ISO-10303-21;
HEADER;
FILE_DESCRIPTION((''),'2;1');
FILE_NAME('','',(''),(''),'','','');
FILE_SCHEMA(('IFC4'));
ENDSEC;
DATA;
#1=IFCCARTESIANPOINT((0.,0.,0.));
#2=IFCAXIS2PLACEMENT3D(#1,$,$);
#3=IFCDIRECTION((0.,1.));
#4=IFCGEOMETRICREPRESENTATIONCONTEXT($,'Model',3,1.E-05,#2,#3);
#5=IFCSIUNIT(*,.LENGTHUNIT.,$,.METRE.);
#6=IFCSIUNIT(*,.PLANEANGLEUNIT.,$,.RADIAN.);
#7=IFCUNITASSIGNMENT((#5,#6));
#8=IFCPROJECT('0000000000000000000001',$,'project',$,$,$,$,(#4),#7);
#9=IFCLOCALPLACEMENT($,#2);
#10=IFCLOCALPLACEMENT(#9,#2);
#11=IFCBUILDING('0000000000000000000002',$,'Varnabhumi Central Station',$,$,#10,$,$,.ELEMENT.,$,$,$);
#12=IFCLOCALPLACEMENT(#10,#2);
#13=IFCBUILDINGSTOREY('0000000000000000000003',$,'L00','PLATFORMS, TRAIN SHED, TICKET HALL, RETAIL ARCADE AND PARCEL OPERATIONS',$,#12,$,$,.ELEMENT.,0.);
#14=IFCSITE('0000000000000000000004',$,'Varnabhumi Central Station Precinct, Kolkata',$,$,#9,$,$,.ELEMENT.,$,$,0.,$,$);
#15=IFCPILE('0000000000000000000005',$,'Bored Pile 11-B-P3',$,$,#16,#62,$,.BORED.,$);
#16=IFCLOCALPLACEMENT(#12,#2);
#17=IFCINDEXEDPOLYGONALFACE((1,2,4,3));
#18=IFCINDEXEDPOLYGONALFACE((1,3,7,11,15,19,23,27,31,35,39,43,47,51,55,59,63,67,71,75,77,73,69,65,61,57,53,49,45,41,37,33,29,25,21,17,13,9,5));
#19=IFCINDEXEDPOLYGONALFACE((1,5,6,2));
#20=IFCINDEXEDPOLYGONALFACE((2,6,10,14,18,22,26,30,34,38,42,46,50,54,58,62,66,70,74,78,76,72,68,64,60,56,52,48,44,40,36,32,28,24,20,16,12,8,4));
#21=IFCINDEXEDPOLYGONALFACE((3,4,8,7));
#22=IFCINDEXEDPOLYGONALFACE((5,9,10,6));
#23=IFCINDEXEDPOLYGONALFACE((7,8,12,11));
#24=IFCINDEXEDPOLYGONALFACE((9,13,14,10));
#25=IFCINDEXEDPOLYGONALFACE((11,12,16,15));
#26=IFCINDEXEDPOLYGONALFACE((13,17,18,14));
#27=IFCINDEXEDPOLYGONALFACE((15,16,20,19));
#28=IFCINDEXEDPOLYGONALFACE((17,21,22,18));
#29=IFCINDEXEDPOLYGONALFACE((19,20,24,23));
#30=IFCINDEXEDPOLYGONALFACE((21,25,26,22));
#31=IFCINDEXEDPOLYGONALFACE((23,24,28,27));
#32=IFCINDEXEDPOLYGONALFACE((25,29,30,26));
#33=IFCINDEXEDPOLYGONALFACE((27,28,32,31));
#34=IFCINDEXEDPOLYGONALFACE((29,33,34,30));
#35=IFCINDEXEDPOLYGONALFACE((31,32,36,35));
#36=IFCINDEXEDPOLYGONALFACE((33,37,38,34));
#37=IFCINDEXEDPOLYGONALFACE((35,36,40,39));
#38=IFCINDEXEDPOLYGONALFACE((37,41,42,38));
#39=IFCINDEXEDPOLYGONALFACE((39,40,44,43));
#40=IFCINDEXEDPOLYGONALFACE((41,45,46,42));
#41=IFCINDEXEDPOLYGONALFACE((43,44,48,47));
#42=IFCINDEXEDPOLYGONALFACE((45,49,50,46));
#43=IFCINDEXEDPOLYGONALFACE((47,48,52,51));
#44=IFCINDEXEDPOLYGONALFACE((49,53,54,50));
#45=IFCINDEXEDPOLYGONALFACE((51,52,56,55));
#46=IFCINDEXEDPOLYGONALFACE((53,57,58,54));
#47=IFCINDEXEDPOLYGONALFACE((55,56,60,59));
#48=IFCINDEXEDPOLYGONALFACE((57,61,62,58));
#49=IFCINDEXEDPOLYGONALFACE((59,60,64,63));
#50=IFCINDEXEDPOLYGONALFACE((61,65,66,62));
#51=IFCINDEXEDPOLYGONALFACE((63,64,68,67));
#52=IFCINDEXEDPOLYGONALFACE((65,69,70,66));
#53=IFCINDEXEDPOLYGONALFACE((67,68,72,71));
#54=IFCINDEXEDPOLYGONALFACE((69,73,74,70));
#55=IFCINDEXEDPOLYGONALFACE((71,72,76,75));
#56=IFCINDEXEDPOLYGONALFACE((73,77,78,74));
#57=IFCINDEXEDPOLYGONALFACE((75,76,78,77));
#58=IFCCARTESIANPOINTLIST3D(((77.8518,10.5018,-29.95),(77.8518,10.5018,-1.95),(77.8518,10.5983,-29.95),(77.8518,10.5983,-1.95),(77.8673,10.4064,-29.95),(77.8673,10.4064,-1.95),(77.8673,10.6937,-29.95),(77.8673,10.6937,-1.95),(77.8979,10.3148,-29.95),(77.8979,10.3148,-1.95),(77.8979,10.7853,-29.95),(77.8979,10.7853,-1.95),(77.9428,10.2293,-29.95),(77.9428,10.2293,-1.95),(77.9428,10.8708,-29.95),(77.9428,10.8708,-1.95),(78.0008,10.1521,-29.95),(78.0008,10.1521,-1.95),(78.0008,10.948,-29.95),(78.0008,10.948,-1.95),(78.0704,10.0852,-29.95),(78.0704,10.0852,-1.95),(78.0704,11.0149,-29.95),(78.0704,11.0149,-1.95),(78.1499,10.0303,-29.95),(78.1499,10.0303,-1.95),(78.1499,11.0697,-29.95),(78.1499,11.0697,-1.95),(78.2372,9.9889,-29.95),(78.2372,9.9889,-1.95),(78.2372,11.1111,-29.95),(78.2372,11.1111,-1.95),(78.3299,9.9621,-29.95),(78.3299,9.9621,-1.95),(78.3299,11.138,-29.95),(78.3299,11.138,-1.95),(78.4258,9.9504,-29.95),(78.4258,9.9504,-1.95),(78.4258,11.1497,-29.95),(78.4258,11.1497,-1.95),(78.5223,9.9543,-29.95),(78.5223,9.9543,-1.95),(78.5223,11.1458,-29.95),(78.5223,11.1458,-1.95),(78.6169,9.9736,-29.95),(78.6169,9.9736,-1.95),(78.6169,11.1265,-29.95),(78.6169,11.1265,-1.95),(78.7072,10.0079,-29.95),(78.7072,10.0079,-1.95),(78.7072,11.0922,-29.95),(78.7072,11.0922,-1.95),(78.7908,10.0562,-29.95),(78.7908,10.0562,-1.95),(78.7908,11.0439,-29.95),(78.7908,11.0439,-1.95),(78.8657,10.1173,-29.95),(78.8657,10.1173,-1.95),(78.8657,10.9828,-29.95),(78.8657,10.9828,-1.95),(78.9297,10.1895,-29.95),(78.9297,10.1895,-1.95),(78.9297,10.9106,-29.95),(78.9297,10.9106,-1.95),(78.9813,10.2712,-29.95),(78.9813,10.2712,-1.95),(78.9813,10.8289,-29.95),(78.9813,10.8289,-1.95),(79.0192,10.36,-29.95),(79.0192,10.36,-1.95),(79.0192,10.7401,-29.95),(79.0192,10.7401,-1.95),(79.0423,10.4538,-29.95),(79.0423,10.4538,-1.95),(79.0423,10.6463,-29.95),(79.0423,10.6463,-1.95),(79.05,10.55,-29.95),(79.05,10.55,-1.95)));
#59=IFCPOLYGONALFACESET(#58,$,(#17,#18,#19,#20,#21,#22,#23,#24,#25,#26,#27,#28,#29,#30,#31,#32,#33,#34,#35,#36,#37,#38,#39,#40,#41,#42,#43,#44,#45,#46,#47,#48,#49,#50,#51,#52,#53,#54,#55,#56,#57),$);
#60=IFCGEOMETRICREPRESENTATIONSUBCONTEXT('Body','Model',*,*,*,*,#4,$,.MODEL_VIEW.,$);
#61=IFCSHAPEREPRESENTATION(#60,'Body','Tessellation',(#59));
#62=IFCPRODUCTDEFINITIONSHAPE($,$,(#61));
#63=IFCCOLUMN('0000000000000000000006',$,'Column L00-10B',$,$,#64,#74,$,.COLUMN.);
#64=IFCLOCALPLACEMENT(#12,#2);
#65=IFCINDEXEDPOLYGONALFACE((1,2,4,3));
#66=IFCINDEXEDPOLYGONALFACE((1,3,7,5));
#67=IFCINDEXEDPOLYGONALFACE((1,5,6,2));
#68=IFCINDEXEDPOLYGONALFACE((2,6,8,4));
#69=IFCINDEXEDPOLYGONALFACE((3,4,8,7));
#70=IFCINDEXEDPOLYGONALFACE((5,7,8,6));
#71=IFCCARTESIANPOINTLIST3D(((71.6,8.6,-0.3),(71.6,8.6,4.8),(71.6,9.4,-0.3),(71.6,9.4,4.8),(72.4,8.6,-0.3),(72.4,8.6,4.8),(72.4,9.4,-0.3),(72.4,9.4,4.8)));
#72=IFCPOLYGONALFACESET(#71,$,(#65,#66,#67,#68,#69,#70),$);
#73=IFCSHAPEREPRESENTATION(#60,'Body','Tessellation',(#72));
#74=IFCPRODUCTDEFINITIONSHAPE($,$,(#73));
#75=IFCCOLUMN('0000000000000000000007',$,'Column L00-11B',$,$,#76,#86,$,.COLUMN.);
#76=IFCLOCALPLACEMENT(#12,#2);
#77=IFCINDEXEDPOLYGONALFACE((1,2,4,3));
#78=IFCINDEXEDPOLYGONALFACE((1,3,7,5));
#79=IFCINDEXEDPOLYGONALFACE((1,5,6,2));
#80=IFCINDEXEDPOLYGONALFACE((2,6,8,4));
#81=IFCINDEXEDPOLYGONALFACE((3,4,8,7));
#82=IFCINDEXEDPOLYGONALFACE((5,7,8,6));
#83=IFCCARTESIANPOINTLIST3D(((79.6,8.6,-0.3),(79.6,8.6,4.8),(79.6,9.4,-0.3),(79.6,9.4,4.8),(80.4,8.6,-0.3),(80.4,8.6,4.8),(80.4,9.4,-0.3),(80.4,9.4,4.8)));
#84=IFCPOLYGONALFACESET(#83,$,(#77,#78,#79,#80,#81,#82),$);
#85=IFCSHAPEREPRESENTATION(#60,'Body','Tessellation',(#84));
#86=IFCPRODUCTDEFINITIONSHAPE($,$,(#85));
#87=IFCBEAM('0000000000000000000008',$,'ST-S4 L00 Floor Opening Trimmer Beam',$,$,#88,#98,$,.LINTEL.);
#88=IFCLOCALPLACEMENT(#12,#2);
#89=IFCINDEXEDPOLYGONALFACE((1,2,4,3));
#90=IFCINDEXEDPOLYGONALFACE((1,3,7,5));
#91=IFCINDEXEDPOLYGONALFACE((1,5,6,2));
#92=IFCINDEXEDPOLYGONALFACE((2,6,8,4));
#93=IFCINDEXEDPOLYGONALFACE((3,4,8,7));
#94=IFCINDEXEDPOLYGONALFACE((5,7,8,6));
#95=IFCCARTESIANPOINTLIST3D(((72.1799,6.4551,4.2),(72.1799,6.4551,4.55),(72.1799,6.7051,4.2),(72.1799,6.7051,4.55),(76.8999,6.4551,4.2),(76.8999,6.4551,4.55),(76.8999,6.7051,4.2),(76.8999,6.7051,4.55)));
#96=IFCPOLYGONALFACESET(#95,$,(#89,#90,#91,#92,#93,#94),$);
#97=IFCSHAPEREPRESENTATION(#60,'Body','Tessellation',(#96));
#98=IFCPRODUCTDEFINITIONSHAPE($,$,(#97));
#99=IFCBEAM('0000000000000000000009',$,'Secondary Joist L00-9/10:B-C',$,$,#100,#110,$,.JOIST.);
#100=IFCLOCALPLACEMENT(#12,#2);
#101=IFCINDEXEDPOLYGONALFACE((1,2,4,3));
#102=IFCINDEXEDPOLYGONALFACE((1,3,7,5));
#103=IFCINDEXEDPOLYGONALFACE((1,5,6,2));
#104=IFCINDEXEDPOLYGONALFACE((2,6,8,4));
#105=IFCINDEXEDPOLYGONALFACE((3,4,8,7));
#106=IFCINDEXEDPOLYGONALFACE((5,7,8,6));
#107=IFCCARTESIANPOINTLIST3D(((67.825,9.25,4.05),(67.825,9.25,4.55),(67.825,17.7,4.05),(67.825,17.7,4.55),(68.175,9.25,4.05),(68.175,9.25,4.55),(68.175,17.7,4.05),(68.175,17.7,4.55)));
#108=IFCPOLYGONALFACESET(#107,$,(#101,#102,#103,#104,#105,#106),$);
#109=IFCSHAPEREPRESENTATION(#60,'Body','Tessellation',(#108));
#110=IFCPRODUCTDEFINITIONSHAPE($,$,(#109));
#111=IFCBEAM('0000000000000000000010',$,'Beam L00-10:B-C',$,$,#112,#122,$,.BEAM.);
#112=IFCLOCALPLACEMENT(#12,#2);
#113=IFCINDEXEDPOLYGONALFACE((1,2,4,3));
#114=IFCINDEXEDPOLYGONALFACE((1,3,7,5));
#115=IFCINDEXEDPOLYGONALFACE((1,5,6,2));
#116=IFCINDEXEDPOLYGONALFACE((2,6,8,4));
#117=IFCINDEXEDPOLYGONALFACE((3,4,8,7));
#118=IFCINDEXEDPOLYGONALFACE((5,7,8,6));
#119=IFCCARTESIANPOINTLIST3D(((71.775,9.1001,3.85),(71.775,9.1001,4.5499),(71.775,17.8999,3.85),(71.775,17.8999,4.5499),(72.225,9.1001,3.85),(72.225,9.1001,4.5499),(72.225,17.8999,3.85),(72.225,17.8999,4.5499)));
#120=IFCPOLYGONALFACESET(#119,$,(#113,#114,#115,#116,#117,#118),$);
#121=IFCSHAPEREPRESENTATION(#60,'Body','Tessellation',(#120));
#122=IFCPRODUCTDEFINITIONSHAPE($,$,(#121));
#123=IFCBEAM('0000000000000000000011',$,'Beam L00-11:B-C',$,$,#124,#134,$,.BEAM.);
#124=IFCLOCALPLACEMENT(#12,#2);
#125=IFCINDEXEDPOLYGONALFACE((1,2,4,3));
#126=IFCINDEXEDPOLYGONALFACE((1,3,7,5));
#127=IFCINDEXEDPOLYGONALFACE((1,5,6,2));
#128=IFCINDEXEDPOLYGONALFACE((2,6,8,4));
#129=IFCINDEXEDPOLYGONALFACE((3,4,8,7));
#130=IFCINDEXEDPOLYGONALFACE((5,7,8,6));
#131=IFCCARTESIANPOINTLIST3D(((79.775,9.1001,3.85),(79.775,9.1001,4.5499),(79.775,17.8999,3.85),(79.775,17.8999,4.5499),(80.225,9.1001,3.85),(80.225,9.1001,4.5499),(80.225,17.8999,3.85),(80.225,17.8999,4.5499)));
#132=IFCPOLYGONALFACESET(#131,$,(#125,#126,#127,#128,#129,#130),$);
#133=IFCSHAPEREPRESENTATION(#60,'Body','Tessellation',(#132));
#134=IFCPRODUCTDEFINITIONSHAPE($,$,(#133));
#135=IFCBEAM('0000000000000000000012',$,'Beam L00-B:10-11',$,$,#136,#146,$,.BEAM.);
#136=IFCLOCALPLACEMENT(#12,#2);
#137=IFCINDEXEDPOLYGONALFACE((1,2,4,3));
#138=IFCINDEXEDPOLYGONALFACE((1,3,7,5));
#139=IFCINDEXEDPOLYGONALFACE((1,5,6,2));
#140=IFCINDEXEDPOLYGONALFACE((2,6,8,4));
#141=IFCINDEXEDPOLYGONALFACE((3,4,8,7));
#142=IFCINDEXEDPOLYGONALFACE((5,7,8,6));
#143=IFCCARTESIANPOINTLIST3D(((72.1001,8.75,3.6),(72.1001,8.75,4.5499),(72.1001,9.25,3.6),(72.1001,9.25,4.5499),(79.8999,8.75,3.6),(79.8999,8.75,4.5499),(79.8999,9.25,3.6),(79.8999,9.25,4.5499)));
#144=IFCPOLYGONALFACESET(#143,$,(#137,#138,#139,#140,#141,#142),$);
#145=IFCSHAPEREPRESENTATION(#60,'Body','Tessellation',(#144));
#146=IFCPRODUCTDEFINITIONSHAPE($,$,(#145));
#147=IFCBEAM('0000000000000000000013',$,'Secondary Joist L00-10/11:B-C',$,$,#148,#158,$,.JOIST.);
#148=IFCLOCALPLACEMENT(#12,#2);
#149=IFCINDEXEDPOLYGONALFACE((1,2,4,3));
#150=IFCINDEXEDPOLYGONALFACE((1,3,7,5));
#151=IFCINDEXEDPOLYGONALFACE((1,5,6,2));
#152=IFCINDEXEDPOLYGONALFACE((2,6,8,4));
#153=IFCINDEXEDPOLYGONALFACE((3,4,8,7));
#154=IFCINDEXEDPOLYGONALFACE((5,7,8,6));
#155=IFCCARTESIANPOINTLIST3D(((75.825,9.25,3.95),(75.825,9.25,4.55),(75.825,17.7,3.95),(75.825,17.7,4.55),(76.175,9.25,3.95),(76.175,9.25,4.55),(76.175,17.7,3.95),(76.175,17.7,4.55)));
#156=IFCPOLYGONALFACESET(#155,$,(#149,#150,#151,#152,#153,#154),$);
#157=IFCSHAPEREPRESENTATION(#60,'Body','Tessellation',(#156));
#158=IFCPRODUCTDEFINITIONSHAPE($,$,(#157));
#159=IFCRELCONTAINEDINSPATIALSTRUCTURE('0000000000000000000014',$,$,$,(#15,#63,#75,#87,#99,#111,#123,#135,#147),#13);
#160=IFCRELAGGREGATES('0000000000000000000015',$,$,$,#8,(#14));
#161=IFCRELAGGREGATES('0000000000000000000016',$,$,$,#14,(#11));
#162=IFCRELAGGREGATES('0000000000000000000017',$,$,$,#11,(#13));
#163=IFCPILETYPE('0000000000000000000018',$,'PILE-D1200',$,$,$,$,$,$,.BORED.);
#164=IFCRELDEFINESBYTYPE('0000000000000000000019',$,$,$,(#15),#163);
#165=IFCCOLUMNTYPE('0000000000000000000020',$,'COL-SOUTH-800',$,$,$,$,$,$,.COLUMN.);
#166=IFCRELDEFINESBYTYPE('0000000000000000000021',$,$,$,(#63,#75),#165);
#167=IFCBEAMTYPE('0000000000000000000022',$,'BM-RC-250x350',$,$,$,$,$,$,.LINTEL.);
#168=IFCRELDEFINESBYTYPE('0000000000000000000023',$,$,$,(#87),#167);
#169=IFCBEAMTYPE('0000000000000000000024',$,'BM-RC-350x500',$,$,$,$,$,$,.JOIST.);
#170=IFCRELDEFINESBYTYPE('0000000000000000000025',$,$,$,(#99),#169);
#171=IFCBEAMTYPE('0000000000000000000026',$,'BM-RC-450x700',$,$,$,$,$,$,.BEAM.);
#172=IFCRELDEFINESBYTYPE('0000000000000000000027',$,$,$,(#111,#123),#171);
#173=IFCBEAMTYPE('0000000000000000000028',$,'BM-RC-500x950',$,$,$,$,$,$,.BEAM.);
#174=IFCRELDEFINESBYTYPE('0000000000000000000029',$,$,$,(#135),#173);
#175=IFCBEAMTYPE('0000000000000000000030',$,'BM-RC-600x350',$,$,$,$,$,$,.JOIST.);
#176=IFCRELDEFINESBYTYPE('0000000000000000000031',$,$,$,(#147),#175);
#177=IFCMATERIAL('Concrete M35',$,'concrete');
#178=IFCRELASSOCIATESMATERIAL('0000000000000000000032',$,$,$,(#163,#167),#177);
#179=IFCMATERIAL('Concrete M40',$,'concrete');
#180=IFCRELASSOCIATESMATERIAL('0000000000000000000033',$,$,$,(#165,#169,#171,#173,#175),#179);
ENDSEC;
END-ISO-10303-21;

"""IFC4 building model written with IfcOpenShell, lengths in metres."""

from ifc_helpers import new_model, si_unit, direction, frame, origin, origin_2d, place, context, subcontext, project, spatial, rectangle, circle, extrude, material, material_profile, profile_set, type_object, element, save


model = new_model("IFC4")

# Units and contexts
model_context = context("Model", 3, precision=1e-05, world=origin(), true_north=direction((0.0, 1.0)))
body_context = subcontext(model_context, "Body", "Model", "MODEL_VIEW")
ifc_project = project(units=[si_unit("LENGTHUNIT", "METRE"), si_unit("PLANEANGLEUNIT", "RADIAN")], contexts=[model_context])

# Site, building, storey
site_placement = place(None, origin())
site = spatial("IfcSite", under=ifc_project, at=site_placement, Name="Varnabhumi Central Station Precinct, Kolkata", CompositionType="ELEMENT", RefElevation=0.0)
building_placement = place(site_placement, origin())
building = spatial("IfcBuilding", under=site, at=building_placement, Name="Varnabhumi Central Station", CompositionType="ELEMENT")
storey_placement = place(building_placement, origin())
storey = spatial("IfcBuildingStorey", under=building, at=storey_placement, Name="L00", Description="PLATFORMS, TRAIN SHED, TICKET HALL, RETAIL ARCADE AND PARCEL OPERATIONS", CompositionType="ELEMENT", Elevation=0.0)

# Shared definitions
ifc_material_1 = material(Name="Concrete M40", Category="concrete")

# Pile
ifc_material_2 = material(Name="Concrete M35", Category="concrete")
ifc_material_profile_1 = material_profile(ifc_material_2, circle(Radius=0.6001, at=origin_2d()), Name="Concrete M35", Category="concrete")
ifc_profile_set_1 = profile_set([ifc_material_profile_1], Name="Concrete M35")
pile_type_1 = type_object("IfcPileType", Name="PILE-D1200", PredefinedType="BORED", material=ifc_profile_set_1)
for number, where, z_axis, x_axis, name in (
    (1, (78.45, 10.55, -1.95), (0.0, 0.0, -1.0), (1.0, 0.0, 0.0), "Bored Pile 11-B-P3"),
):
    element("IfcPile", number, at=place(storey_placement, frame(where, z_axis=z_axis, x_axis=x_axis)), inside=storey, type_object=pile_type_1, Name=name, PredefinedType="BORED", context=body_context, shape_type="SweptSolid", body=[
        extrude(circle(Radius=0.6001, at=origin_2d()), origin(), (0.0, 0.0, 1.0), 28.0),
    ])

# Columns
ifc_material_profile_2 = material_profile(ifc_material_1, rectangle(XDim=0.8, YDim=0.8, at=origin_2d()), Name="Concrete M40", Category="concrete")
ifc_profile_set_2 = profile_set([ifc_material_profile_2], Name="Concrete M40")
column_type = type_object("IfcColumnType", Name="COL-SOUTH-800", PredefinedType="COLUMN", material=ifc_profile_set_2)
for number, where, z_axis, x_axis, name in (
    (2, (72.0, 9.0, -0.3), (0.0, 0.0, 1.0), (1.0, 0.0, 0.0), "Column L00-10B"),
    (3, (80.0, 9.0, -0.3), (0.0, 0.0, 1.0), (1.0, 0.0, 0.0), "Column L00-11B"),
):
    element("IfcColumn", number, at=place(storey_placement, frame(where, z_axis=z_axis, x_axis=x_axis)), inside=storey, type_object=column_type, Name=name, PredefinedType="COLUMN", context=body_context, shape_type="SweptSolid", body=[
        extrude(rectangle(XDim=0.8, YDim=0.8, at=origin_2d()), origin(), (0.0, 0.0, 1.0), 5.1001),
    ])

# Beams
ifc_material_profile_3 = material_profile(ifc_material_2, rectangle(XDim=0.25, YDim=0.3501, at=origin_2d()), Name="Concrete M35", Category="concrete")
ifc_profile_set_3 = profile_set([ifc_material_profile_3], Name="Concrete M35")
beam_type_1 = type_object("IfcBeamType", Name="BM-RC-250x350", PredefinedType="LINTEL", material=ifc_profile_set_3)
beam_1_placement = place(storey_placement, frame((72.1799, 6.5801, 4.375), z_axis=(1.0, 0.0, 0.0), x_axis=(0.0, 1.0, 0.0)))
element("IfcBeam", 4, at=beam_1_placement, inside=storey, type_object=beam_type_1, Name="ST-S4 L00 Floor Opening Trimmer Beam", PredefinedType="LINTEL", context=body_context, shape_type="SweptSolid", body=[
    extrude(rectangle(XDim=0.25, YDim=0.3501, at=origin_2d()), origin(), (0.0, 0.0, 1.0), 4.72),
])
ifc_material_profile_4 = material_profile(ifc_material_1, rectangle(XDim=0.3501, YDim=0.5, at=origin_2d()), Name="Concrete M40", Category="concrete")
ifc_profile_set_4 = profile_set([ifc_material_profile_4], Name="Concrete M40")
beam_type_2 = type_object("IfcBeamType", Name="BM-RC-350x500", PredefinedType="JOIST", material=ifc_profile_set_4)
beam_2_placement = place(storey_placement, frame((68.0, 9.25, 4.3), z_axis=(0.0, 1.0, 0.0), x_axis=(-1.0, 0.0, 0.0)))
element("IfcBeam", 5, at=beam_2_placement, inside=storey, type_object=beam_type_2, Name="Secondary Joist L00-9/10:B-C", PredefinedType="JOIST", context=body_context, shape_type="SweptSolid", body=[
    extrude(rectangle(XDim=0.3501, YDim=0.5, at=origin_2d()), origin(), (0.0, 0.0, 1.0), 8.45),
])
ifc_material_profile_5 = material_profile(ifc_material_1, rectangle(XDim=0.45, YDim=0.7, at=origin_2d()), Name="Concrete M40", Category="concrete")
ifc_profile_set_5 = profile_set([ifc_material_profile_5], Name="Concrete M40")
beam_type_3 = type_object("IfcBeamType", Name="BM-RC-450x700", PredefinedType="BEAM", material=ifc_profile_set_5)
for number, where, z_axis, x_axis, name in (
    (6, (72.0, 9.1001, 4.2), (0.0, 1.0, 0.0), (-1.0, 0.0, 0.0), "Beam L00-10:B-C"),
    (7, (80.0, 9.1001, 4.2), (0.0, 1.0, 0.0), (-1.0, 0.0, 0.0), "Beam L00-11:B-C"),
):
    element("IfcBeam", number, at=place(storey_placement, frame(where, z_axis=z_axis, x_axis=x_axis)), inside=storey, type_object=beam_type_3, Name=name, PredefinedType="BEAM", context=body_context, shape_type="SweptSolid", body=[
        extrude(rectangle(XDim=0.45, YDim=0.7, at=origin_2d()), origin(), (0.0, 0.0, 1.0), 8.7998),
    ])
ifc_material_profile_6 = material_profile(ifc_material_1, rectangle(XDim=0.5, YDim=0.95, at=origin_2d()), Name="Concrete M40", Category="concrete")
ifc_profile_set_6 = profile_set([ifc_material_profile_6], Name="Concrete M40")
beam_type_4 = type_object("IfcBeamType", Name="BM-RC-500x950", PredefinedType="BEAM", material=ifc_profile_set_6)
beam_3_placement = place(storey_placement, frame((72.1001, 9.0, 4.075), z_axis=(1.0, 0.0, 0.0), x_axis=(0.0, 1.0, 0.0)))
element("IfcBeam", 8, at=beam_3_placement, inside=storey, type_object=beam_type_4, Name="Beam L00-B:10-11", PredefinedType="BEAM", context=body_context, shape_type="SweptSolid", body=[
    extrude(rectangle(XDim=0.5, YDim=0.95, at=origin_2d()), origin(), (0.0, 0.0, 1.0), 7.7998),
])
ifc_material_profile_7 = material_profile(ifc_material_1, rectangle(XDim=0.3501, YDim=0.6001, at=origin_2d()), Name="Concrete M40", Category="concrete")
ifc_profile_set_7 = profile_set([ifc_material_profile_7], Name="Concrete M40")
beam_type_5 = type_object("IfcBeamType", Name="BM-RC-600x350", PredefinedType="JOIST", material=ifc_profile_set_7)
beam_4_placement = place(storey_placement, frame((76.0, 9.25, 4.25), z_axis=(0.0, 1.0, 0.0), x_axis=(-1.0, 0.0, 0.0)))
element("IfcBeam", 9, at=beam_4_placement, inside=storey, type_object=beam_type_5, Name="Secondary Joist L00-10/11:B-C", PredefinedType="JOIST", context=body_context, shape_type="SweptSolid", body=[
    extrude(rectangle(XDim=0.3501, YDim=0.6001, at=origin_2d()), origin(), (0.0, 0.0, 1.0), 8.45),
])

save(model, "model.ifc")
